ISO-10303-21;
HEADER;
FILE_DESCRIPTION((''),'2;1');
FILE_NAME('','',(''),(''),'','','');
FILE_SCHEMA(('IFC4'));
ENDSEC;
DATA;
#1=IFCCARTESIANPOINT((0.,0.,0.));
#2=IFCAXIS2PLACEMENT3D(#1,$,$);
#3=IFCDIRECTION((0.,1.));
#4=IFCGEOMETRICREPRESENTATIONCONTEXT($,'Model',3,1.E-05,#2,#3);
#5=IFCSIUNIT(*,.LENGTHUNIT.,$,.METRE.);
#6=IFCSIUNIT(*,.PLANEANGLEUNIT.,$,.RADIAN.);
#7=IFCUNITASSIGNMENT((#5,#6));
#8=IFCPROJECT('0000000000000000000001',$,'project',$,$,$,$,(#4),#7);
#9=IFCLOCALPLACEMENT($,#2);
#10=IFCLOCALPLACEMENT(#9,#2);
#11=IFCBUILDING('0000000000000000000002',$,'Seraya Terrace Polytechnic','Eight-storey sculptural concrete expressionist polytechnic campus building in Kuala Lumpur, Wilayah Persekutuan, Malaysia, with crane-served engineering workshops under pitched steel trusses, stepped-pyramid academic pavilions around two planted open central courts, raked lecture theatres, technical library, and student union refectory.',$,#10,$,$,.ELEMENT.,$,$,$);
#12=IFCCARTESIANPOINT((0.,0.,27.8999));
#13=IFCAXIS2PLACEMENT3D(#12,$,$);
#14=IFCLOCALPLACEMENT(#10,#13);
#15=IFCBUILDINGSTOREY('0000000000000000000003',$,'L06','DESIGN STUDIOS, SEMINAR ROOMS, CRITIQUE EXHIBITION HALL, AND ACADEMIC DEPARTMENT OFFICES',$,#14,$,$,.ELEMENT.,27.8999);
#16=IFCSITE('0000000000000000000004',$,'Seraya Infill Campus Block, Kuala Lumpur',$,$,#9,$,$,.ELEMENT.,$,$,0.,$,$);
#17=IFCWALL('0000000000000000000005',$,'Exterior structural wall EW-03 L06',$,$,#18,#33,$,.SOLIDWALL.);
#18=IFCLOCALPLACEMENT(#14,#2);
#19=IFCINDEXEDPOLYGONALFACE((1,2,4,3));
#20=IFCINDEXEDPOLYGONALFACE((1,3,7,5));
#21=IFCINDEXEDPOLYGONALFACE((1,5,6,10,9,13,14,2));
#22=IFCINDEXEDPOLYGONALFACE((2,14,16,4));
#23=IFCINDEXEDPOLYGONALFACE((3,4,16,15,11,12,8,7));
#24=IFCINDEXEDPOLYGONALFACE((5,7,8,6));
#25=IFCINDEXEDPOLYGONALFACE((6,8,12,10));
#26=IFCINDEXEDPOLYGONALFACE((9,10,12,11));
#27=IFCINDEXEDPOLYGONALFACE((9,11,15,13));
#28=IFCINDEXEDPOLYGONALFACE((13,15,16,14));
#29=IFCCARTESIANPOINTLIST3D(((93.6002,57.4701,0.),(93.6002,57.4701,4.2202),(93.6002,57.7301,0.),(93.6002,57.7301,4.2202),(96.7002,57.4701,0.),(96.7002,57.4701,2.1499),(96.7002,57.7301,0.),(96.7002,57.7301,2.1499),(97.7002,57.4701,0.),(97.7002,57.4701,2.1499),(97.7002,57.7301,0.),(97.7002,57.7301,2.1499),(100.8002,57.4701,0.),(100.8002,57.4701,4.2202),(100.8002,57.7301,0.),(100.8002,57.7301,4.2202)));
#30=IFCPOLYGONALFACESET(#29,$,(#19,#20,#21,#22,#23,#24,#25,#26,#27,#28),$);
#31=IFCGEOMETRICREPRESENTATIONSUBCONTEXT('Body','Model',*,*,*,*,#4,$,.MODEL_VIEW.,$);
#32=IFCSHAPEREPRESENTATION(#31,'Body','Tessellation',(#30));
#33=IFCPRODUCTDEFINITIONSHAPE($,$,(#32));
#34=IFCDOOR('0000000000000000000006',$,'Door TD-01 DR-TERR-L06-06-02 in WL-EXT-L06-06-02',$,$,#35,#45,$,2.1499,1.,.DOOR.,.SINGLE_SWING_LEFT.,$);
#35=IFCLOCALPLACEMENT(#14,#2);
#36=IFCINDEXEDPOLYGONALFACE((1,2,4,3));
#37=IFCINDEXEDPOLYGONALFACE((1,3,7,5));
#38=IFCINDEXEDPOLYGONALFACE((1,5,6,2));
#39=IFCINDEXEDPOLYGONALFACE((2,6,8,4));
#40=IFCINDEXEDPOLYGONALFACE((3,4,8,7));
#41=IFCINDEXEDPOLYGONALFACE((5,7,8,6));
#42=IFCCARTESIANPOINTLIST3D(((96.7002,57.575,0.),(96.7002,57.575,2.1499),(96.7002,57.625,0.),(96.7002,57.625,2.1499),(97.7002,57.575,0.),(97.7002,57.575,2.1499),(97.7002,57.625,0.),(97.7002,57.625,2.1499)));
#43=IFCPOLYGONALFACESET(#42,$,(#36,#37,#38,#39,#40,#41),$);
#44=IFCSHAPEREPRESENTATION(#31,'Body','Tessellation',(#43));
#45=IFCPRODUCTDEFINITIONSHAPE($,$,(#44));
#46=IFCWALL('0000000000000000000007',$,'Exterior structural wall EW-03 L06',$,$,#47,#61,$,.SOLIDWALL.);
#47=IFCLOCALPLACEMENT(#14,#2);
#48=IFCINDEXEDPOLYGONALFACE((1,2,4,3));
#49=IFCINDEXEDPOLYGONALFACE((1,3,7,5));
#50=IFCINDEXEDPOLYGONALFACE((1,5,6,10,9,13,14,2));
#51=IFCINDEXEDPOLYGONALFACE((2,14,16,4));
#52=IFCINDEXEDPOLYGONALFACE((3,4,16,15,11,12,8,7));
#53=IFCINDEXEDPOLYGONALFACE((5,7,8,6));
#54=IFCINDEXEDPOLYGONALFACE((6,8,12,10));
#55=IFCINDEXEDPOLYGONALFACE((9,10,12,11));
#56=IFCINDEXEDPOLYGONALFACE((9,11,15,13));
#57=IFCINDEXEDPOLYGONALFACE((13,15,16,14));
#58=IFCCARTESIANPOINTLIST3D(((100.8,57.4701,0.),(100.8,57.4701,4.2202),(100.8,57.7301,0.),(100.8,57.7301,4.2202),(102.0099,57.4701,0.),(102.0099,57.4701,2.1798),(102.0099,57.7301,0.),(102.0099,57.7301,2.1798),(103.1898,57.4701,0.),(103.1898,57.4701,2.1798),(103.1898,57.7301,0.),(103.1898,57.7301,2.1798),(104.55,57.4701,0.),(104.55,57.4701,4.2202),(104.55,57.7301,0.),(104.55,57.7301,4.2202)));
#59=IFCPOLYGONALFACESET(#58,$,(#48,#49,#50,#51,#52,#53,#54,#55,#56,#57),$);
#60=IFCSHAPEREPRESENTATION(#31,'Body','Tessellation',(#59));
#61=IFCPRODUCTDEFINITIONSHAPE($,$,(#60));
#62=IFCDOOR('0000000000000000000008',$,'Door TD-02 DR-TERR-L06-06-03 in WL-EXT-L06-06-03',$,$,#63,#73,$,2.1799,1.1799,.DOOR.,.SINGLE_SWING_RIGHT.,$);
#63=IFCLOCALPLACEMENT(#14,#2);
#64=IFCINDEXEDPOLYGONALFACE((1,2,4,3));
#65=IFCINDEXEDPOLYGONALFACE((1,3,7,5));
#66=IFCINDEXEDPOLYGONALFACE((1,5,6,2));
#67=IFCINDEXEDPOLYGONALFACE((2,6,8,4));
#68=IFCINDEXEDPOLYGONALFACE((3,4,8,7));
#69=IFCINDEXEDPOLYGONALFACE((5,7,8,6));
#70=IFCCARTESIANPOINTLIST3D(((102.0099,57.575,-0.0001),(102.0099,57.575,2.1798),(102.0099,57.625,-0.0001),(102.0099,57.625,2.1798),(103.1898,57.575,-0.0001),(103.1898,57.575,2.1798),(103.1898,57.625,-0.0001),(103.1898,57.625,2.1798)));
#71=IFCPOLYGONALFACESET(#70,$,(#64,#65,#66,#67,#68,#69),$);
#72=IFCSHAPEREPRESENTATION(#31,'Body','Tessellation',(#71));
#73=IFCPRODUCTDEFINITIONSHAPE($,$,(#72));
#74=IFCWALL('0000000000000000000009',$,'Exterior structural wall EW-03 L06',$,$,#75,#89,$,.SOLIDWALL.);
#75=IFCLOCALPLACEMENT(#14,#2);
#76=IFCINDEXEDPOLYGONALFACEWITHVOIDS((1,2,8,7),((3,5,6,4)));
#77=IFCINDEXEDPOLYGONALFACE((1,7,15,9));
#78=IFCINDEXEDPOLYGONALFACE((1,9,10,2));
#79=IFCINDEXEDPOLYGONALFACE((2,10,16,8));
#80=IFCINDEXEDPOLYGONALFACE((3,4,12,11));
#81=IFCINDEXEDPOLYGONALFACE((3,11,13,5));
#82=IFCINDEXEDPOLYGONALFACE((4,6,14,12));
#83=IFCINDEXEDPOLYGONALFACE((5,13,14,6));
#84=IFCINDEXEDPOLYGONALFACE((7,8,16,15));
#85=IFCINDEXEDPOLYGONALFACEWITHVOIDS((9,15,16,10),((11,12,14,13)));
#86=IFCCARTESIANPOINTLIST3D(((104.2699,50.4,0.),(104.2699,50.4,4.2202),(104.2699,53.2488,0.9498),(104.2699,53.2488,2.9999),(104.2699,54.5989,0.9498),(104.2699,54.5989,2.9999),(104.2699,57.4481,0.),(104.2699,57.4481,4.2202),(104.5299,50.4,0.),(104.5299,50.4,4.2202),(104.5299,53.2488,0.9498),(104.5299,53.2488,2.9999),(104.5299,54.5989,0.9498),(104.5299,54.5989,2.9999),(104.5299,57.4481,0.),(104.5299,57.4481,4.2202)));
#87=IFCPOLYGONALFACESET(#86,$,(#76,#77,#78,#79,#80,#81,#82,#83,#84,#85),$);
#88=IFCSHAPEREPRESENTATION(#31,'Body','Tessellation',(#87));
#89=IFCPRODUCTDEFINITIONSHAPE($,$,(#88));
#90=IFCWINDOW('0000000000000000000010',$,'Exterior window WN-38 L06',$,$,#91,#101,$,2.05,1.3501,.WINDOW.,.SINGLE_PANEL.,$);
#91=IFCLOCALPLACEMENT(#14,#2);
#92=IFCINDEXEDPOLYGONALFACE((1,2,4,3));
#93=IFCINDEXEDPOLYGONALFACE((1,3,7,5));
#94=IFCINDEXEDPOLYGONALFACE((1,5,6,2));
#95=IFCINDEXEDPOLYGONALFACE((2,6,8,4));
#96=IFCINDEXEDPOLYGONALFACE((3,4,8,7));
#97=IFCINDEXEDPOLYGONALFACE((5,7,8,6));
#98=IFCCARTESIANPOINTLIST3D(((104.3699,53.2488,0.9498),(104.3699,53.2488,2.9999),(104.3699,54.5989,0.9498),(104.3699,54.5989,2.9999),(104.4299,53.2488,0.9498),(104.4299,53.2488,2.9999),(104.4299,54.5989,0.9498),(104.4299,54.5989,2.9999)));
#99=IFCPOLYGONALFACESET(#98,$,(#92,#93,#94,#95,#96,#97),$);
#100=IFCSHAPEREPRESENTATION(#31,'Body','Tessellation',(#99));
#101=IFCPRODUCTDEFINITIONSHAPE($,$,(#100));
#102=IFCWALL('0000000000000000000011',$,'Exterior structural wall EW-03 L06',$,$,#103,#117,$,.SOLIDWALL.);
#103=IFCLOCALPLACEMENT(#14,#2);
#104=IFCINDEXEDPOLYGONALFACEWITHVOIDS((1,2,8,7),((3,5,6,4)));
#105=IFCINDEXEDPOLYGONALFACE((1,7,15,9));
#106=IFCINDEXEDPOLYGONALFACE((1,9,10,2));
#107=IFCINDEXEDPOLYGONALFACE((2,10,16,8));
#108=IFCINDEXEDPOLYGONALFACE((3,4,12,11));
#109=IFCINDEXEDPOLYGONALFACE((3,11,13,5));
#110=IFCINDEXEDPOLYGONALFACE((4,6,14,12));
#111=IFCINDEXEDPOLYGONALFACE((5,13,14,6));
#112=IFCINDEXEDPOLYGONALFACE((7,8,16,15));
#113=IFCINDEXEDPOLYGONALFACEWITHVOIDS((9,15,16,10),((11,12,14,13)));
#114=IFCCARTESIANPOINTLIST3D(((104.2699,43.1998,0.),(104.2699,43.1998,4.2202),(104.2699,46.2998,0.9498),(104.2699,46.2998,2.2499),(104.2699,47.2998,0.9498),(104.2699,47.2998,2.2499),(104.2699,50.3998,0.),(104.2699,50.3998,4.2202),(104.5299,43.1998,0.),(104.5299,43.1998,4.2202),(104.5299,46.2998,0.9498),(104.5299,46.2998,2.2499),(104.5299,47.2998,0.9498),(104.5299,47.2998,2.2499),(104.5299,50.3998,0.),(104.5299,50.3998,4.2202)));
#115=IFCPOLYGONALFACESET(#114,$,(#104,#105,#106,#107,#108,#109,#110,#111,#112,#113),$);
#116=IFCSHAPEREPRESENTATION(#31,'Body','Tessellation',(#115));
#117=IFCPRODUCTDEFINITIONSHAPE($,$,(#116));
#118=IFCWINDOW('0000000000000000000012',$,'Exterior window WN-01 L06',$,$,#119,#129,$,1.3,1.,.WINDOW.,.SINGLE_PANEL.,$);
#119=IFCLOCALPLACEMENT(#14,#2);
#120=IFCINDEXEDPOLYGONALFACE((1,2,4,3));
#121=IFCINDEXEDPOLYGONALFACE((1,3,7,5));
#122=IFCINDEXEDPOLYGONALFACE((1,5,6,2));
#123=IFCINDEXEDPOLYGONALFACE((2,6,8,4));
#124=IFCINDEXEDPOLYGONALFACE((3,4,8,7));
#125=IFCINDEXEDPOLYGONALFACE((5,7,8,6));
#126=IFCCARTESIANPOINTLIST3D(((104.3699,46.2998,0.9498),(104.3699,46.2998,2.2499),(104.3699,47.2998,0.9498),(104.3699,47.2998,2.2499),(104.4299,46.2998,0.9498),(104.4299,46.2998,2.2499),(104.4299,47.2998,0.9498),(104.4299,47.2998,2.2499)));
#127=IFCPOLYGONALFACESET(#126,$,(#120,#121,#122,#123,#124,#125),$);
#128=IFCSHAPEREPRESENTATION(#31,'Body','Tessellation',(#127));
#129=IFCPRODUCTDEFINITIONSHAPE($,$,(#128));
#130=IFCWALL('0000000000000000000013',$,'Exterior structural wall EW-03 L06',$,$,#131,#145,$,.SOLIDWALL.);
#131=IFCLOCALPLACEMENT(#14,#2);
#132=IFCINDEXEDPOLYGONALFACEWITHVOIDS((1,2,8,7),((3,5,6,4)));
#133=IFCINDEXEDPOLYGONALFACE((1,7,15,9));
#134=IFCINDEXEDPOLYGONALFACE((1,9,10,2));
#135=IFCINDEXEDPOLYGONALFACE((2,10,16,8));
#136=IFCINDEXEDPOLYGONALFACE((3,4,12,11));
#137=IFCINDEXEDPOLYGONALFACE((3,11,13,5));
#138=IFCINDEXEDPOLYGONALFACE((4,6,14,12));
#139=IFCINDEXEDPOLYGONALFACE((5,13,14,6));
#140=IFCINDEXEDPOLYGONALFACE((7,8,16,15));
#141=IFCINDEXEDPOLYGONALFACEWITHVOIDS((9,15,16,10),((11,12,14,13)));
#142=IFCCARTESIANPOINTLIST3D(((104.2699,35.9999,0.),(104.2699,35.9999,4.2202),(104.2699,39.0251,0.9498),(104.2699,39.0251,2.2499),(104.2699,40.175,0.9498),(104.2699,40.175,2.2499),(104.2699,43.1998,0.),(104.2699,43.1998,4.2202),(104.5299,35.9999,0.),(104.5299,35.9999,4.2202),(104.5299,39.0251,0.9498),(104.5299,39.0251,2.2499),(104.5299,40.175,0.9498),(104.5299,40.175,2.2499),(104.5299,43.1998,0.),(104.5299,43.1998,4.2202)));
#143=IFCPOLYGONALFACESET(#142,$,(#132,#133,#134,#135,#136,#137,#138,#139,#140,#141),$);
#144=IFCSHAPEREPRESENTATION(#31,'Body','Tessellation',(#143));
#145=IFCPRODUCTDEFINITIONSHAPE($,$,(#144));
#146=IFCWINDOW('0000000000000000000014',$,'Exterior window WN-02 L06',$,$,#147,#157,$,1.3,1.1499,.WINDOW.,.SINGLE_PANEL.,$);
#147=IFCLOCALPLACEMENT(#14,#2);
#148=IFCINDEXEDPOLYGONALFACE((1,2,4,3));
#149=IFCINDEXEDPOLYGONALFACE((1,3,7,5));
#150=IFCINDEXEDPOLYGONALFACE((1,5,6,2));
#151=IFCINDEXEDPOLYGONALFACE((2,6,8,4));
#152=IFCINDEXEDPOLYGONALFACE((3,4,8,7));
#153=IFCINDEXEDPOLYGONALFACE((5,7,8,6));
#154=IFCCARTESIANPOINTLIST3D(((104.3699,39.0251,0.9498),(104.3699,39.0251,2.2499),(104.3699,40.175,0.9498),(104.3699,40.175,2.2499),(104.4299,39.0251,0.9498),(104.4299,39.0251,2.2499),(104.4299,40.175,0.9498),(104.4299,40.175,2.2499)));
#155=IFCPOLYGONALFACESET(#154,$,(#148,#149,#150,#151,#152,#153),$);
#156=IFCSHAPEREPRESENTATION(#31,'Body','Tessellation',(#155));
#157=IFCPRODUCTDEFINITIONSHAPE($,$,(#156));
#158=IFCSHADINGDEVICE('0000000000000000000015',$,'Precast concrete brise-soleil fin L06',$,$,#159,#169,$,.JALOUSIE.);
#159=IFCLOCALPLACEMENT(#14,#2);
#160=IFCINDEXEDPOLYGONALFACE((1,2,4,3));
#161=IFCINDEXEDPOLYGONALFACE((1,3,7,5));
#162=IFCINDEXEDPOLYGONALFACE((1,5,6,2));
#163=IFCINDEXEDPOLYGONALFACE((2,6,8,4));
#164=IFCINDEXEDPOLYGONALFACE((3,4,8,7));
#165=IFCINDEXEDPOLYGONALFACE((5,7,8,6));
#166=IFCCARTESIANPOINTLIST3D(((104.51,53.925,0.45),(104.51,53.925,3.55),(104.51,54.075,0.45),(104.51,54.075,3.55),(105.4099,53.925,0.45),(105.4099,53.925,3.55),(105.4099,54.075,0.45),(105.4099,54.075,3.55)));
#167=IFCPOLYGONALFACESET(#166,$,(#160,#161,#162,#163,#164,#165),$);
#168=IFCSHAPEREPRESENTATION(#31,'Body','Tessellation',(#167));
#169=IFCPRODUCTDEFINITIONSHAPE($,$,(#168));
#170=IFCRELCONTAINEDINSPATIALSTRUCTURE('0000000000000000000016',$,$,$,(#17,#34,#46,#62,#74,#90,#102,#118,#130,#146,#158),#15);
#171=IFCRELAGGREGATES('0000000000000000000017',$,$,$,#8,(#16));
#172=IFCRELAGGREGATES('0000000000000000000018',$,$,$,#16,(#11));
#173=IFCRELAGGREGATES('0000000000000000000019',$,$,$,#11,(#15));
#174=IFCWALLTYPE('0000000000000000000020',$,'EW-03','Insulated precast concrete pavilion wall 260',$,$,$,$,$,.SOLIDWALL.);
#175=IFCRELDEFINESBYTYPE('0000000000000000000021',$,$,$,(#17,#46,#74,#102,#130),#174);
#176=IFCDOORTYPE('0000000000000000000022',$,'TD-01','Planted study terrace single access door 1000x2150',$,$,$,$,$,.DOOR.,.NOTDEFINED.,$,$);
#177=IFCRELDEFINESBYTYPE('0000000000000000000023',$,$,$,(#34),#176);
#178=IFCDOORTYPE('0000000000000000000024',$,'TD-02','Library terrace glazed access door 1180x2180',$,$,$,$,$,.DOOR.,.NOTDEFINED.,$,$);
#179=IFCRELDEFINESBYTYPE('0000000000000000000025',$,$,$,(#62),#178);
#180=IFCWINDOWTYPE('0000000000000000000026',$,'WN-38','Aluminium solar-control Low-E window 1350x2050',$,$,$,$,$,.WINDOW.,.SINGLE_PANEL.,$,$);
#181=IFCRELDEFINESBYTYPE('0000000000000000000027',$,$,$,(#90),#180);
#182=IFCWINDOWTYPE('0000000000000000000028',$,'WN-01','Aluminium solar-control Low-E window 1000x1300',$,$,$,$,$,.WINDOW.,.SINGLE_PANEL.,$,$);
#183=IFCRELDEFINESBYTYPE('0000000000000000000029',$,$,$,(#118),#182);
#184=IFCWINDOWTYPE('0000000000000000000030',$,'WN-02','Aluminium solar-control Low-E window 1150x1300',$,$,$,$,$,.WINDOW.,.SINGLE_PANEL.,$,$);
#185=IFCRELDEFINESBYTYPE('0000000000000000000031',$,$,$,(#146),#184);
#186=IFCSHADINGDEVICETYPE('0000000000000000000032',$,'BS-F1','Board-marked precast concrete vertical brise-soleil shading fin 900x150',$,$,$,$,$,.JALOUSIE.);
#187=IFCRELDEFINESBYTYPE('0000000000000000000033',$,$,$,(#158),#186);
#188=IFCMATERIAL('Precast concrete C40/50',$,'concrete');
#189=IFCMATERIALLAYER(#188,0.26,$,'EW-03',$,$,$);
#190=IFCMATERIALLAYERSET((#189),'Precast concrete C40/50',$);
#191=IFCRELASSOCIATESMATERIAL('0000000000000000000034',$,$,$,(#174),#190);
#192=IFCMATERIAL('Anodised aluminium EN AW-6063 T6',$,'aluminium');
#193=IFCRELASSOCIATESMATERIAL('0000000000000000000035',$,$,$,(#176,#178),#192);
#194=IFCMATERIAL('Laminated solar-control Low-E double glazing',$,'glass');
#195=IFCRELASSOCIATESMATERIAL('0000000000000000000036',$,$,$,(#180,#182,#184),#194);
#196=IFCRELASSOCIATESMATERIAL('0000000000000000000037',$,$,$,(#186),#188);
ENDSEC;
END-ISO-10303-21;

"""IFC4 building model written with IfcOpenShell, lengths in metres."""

from ifc_helpers import new_model, si_unit, direction, frame, frame_2d, origin, origin_2d, place, context, subcontext, project, spatial, rectangle, extrude, material, layer, layer_set, type_object, element, fill, save


model = new_model("IFC4")

# Units and contexts
model_context = context("Model", 3, precision=1e-05, world=origin(), true_north=direction((0.0, 1.0)))
body_context = subcontext(model_context, "Body", "Model", "MODEL_VIEW")
ifc_project = project(units=[si_unit("LENGTHUNIT", "METRE"), si_unit("PLANEANGLEUNIT", "RADIAN")], contexts=[model_context])

# Site, building, storey
site_placement = place(None, origin())
site = spatial("IfcSite", under=ifc_project, at=site_placement, Name="Seraya Infill Campus Block, Kuala Lumpur", CompositionType="ELEMENT", RefElevation=0.0)
building_placement = place(site_placement, origin())
building = spatial("IfcBuilding", under=site, at=building_placement, Name="Seraya Terrace Polytechnic", Description="Eight-storey sculptural concrete expressionist polytechnic campus building in Kuala Lumpur, Wilayah Persekutuan, Malaysia, with crane-served engineering workshops under pitched steel trusses, stepped-pyramid academic pavilions around two planted open central courts, raked lecture theatres, technical library, and student union refectory.", CompositionType="ELEMENT")
storey_placement = place(building_placement, frame((0.0, 0.0, 27.8999)))
storey = spatial("IfcBuildingStorey", under=building, at=storey_placement, Name="L06", Description="DESIGN STUDIOS, SEMINAR ROOMS, CRITIQUE EXHIBITION HALL, AND ACADEMIC DEPARTMENT OFFICES", CompositionType="ELEMENT", Elevation=27.8999)

# Walls, openings, doors
ifc_material_1 = material(Name="Precast concrete C40/50", Category="concrete")
ifc_layer = layer(ifc_material_1, 0.26, Name="EW-03")
ifc_layer_set = layer_set([ifc_layer], Name="Precast concrete C40/50")
wall_type = type_object("IfcWallType", Name="EW-03", Description="Insulated precast concrete pavilion wall 260", PredefinedType="SOLIDWALL", material=ifc_layer_set)
wall_1_placement = place(storey_placement, frame((93.6001, 57.6001, 0.0), z_axis=(0.0, 0.0, 1.0), x_axis=(1.0, 0.0, 0.0)))
wall_1 = element("IfcWall", 1, at=wall_1_placement, inside=storey, type_object=wall_type, Name="Exterior structural wall EW-03 L06", PredefinedType="SOLIDWALL", context=body_context, shape_type="SweptSolid", body=[
    extrude(rectangle(XDim=7.2, YDim=0.26, at=frame_2d((3.6001, 0.0))), origin(), (0.0, 0.0, 1.0), 4.2202),
])
opening_1_placement = place(wall_1_placement, frame((3.1001, 0.0, 0.0)))
opening_1 = element("IfcOpeningElement", 2, at=opening_1_placement, cuts=wall_1, PredefinedType="OPENING", context=body_context, shape_type="SweptSolid", body=[
    extrude(rectangle(XDim=1.0, YDim=2.1499, at=frame_2d((0.5, 1.075))), frame((0.0, 0.1421, 0.0), z_axis=(0.0, -1.0, 0.0), x_axis=(1.0, 0.0, 0.0)), (0.0, 0.0, 1.0), 0.2839),
])
ifc_material_2 = material(Name="Anodised aluminium EN AW-6063 T6", Category="aluminium")
door_type_1 = type_object("IfcDoorType", Name="TD-01", Description="Planted study terrace single access door 1000x2150", OperationType="NOTDEFINED", PredefinedType="DOOR", material=ifc_material_2)
door_1_placement = place(opening_1_placement, origin())
door_1 = element("IfcDoor", 3, at=door_1_placement, inside=storey, type_object=door_type_1, Name="Door TD-01 DR-TERR-L06-06-02 in WL-EXT-L06-06-02", OperationType="SINGLE_SWING_LEFT", OverallHeight=2.1499, OverallWidth=1.0, PredefinedType="DOOR", context=body_context, shape_type="SweptSolid", body=[
    extrude(rectangle(XDim=1.0, YDim=2.1499, at=frame_2d((0.5, 1.075))), frame((0.0, 0.0249, 0.0), z_axis=(0.0, -1.0, 0.0), x_axis=(1.0, 0.0, 0.0)), (0.0, 0.0, 1.0), 0.05),
])
fill(opening_1, door_1)
wall_2_placement = place(storey_placement, frame((100.8, 57.6001, 0.0), z_axis=(0.0, 0.0, 1.0), x_axis=(1.0, 0.0, 0.0)))
wall_2 = element("IfcWall", 4, at=wall_2_placement, inside=storey, type_object=wall_type, Name="Exterior structural wall EW-03 L06", PredefinedType="SOLIDWALL", context=body_context, shape_type="SweptSolid", body=[
    extrude(rectangle(XDim=3.75, YDim=0.26, at=frame_2d((1.875, 0.0))), origin(), (0.0, 0.0, 1.0), 4.2202),
])
opening_2_placement = place(wall_2_placement, frame((1.21, 0.0, 0.0)))
opening_2 = element("IfcOpeningElement", 5, at=opening_2_placement, cuts=wall_2, PredefinedType="OPENING", context=body_context, shape_type="SweptSolid", body=[
    extrude(rectangle(XDim=1.1799, YDim=2.1799, at=frame_2d((0.5898, 1.0898))), frame((0.0, 0.1421, 0.0), z_axis=(0.0, -1.0, 0.0), x_axis=(1.0, 0.0, 0.0)), (0.0, 0.0, 1.0), 0.2839),
])
door_type_2 = type_object("IfcDoorType", Name="TD-02", Description="Library terrace glazed access door 1180x2180", OperationType="NOTDEFINED", PredefinedType="DOOR", material=ifc_material_2)
door_2_placement = place(opening_2_placement, origin())
door_2 = element("IfcDoor", 6, at=door_2_placement, inside=storey, type_object=door_type_2, Name="Door TD-02 DR-TERR-L06-06-03 in WL-EXT-L06-06-03", OperationType="SINGLE_SWING_RIGHT", OverallHeight=2.1799, OverallWidth=1.1799, PredefinedType="DOOR", context=body_context, shape_type="SweptSolid", body=[
    extrude(rectangle(XDim=1.1799, YDim=2.1799, at=frame_2d((0.5898, 1.0898))), frame((0.0, 0.0249, 0.0), z_axis=(0.0, -1.0, 0.0), x_axis=(1.0, 0.0, 0.0)), (0.0, 0.0, 1.0), 0.05),
])
fill(opening_2, door_2)

# Walls, openings, windows
wall_3_placement = place(storey_placement, frame((104.3999, 57.448, 0.0), z_axis=(0.0, 0.0, 1.0), x_axis=(0.0, -1.0, 0.0)))
wall_3 = element("IfcWall", 7, at=wall_3_placement, inside=storey, type_object=wall_type, Name="Exterior structural wall EW-03 L06", PredefinedType="SOLIDWALL", context=body_context, shape_type="SweptSolid", body=[
    extrude(rectangle(XDim=7.0481, YDim=0.26, at=frame_2d((3.5239, 0.0))), origin(), (0.0, 0.0, 1.0), 4.2202),
])
opening_3_placement = place(wall_3_placement, frame((2.8491, 0.0, 0.95)))
opening_3 = element("IfcOpeningElement", 8, at=opening_3_placement, cuts=wall_3, PredefinedType="OPENING", context=body_context, shape_type="SweptSolid", body=[
    extrude(rectangle(XDim=1.3501, YDim=2.05, at=frame_2d((0.675, 1.0249))), frame((0.0, 0.1421, 0.0), z_axis=(0.0, -1.0, 0.0), x_axis=(1.0, 0.0, 0.0)), (0.0, 0.0, 1.0), 0.2839),
])
ifc_material_3 = material(Name="Laminated solar-control Low-E double glazing", Category="glass")
window_type_1 = type_object("IfcWindowType", Name="WN-38", Description="Aluminium solar-control Low-E window 1350x2050", PartitioningType="SINGLE_PANEL", PredefinedType="WINDOW", material=ifc_material_3)
window_1_placement = place(opening_3_placement, origin())
window_1 = element("IfcWindow", 9, at=window_1_placement, inside=storey, type_object=window_type_1, Name="Exterior window WN-38 L06", OverallHeight=2.05, OverallWidth=1.3501, PartitioningType="SINGLE_PANEL", PredefinedType="WINDOW", context=body_context, shape_type="SweptSolid", body=[
    extrude(rectangle(XDim=1.3501, YDim=2.05, at=frame_2d((0.675, 1.0249))), frame((0.0, 0.03, 0.0), z_axis=(0.0, -1.0, 0.0), x_axis=(1.0, 0.0, 0.0)), (0.0, 0.0, 1.0), 0.0601),
])
fill(opening_3, window_1)
wall_4_placement = place(storey_placement, frame((104.3999, 50.3999, 0.0), z_axis=(0.0, 0.0, 1.0), x_axis=(0.0, -1.0, 0.0)))
wall_4 = element("IfcWall", 10, at=wall_4_placement, inside=storey, type_object=wall_type, Name="Exterior structural wall EW-03 L06", PredefinedType="SOLIDWALL", context=body_context, shape_type="SweptSolid", body=[
    extrude(rectangle(XDim=7.2, YDim=0.26, at=frame_2d((3.6001, 0.0))), origin(), (0.0, 0.0, 1.0), 4.2202),
])
opening_4_placement = place(wall_4_placement, frame((3.1001, 0.0, 0.95)))
opening_4 = element("IfcOpeningElement", 11, at=opening_4_placement, cuts=wall_4, PredefinedType="OPENING", context=body_context, shape_type="SweptSolid", body=[
    extrude(rectangle(XDim=1.0, YDim=1.3, at=frame_2d((0.5, 0.6499))), frame((0.0, 0.1421, 0.0), z_axis=(0.0, -1.0, 0.0), x_axis=(1.0, 0.0, 0.0)), (0.0, 0.0, 1.0), 0.2839),
])
window_type_2 = type_object("IfcWindowType", Name="WN-01", Description="Aluminium solar-control Low-E window 1000x1300", PartitioningType="SINGLE_PANEL", PredefinedType="WINDOW", material=ifc_material_3)
window_2_placement = place(opening_4_placement, origin())
window_2 = element("IfcWindow", 12, at=window_2_placement, inside=storey, type_object=window_type_2, Name="Exterior window WN-01 L06", OverallHeight=1.3, OverallWidth=1.0, PartitioningType="SINGLE_PANEL", PredefinedType="WINDOW", context=body_context, shape_type="SweptSolid", body=[
    extrude(rectangle(XDim=1.0, YDim=1.3, at=frame_2d((0.5, 0.6499))), frame((0.0, 0.03, 0.0), z_axis=(0.0, -1.0, 0.0), x_axis=(1.0, 0.0, 0.0)), (0.0, 0.0, 1.0), 0.0601),
])
fill(opening_4, window_2)
wall_5_placement = place(storey_placement, frame((104.3999, 43.2, 0.0), z_axis=(0.0, 0.0, 1.0), x_axis=(0.0, -1.0, 0.0)))
wall_5 = element("IfcWall", 13, at=wall_5_placement, inside=storey, type_object=wall_type, Name="Exterior structural wall EW-03 L06", PredefinedType="SOLIDWALL", context=body_context, shape_type="SweptSolid", body=[
    extrude(rectangle(XDim=7.2, YDim=0.26, at=frame_2d((3.6001, 0.0))), origin(), (0.0, 0.0, 1.0), 4.2202),
])
opening_5_placement = place(wall_5_placement, frame((3.0249, 0.0, 0.95)))
opening_5 = element("IfcOpeningElement", 14, at=opening_5_placement, cuts=wall_5, PredefinedType="OPENING", context=body_context, shape_type="SweptSolid", body=[
    extrude(rectangle(XDim=1.1499, YDim=1.3, at=frame_2d((0.575, 0.6499))), frame((0.0, 0.1421, 0.0), z_axis=(0.0, -1.0, 0.0), x_axis=(1.0, 0.0, 0.0)), (0.0, 0.0, 1.0), 0.2839),
])
window_type_3 = type_object("IfcWindowType", Name="WN-02", Description="Aluminium solar-control Low-E window 1150x1300", PartitioningType="SINGLE_PANEL", PredefinedType="WINDOW", material=ifc_material_3)
window_3_placement = place(opening_5_placement, origin())
window_3 = element("IfcWindow", 15, at=window_3_placement, inside=storey, type_object=window_type_3, Name="Exterior window WN-02 L06", OverallHeight=1.3, OverallWidth=1.1499, PartitioningType="SINGLE_PANEL", PredefinedType="WINDOW", context=body_context, shape_type="SweptSolid", body=[
    extrude(rectangle(XDim=1.1499, YDim=1.3, at=frame_2d((0.575, 0.6499))), frame((0.0, 0.03, 0.0), z_axis=(0.0, -1.0, 0.0), x_axis=(1.0, 0.0, 0.0)), (0.0, 0.0, 1.0), 0.0601),
])
fill(opening_5, window_3)

# Shading device
shading_device_type = type_object("IfcShadingDeviceType", Name="BS-F1", Description="Board-marked precast concrete vertical brise-soleil shading fin 900x150", PredefinedType="JALOUSIE", material=ifc_material_1)
shading_device_placement = place(storey_placement, frame((104.96, 54.0, 0.45), z_axis=(0.0, 0.0, 1.0), x_axis=(1.0, 0.0, 0.0)))
element("IfcShadingDevice", 16, at=shading_device_placement, inside=storey, type_object=shading_device_type, Name="Precast concrete brise-soleil fin L06", PredefinedType="JALOUSIE", context=body_context, shape_type="SweptSolid", body=[
    extrude(rectangle(XDim=0.8999, YDim=0.1499, at=origin_2d()), origin(), (0.0, 0.0, 1.0), 3.1001),
])

save(model, "model.ifc")
